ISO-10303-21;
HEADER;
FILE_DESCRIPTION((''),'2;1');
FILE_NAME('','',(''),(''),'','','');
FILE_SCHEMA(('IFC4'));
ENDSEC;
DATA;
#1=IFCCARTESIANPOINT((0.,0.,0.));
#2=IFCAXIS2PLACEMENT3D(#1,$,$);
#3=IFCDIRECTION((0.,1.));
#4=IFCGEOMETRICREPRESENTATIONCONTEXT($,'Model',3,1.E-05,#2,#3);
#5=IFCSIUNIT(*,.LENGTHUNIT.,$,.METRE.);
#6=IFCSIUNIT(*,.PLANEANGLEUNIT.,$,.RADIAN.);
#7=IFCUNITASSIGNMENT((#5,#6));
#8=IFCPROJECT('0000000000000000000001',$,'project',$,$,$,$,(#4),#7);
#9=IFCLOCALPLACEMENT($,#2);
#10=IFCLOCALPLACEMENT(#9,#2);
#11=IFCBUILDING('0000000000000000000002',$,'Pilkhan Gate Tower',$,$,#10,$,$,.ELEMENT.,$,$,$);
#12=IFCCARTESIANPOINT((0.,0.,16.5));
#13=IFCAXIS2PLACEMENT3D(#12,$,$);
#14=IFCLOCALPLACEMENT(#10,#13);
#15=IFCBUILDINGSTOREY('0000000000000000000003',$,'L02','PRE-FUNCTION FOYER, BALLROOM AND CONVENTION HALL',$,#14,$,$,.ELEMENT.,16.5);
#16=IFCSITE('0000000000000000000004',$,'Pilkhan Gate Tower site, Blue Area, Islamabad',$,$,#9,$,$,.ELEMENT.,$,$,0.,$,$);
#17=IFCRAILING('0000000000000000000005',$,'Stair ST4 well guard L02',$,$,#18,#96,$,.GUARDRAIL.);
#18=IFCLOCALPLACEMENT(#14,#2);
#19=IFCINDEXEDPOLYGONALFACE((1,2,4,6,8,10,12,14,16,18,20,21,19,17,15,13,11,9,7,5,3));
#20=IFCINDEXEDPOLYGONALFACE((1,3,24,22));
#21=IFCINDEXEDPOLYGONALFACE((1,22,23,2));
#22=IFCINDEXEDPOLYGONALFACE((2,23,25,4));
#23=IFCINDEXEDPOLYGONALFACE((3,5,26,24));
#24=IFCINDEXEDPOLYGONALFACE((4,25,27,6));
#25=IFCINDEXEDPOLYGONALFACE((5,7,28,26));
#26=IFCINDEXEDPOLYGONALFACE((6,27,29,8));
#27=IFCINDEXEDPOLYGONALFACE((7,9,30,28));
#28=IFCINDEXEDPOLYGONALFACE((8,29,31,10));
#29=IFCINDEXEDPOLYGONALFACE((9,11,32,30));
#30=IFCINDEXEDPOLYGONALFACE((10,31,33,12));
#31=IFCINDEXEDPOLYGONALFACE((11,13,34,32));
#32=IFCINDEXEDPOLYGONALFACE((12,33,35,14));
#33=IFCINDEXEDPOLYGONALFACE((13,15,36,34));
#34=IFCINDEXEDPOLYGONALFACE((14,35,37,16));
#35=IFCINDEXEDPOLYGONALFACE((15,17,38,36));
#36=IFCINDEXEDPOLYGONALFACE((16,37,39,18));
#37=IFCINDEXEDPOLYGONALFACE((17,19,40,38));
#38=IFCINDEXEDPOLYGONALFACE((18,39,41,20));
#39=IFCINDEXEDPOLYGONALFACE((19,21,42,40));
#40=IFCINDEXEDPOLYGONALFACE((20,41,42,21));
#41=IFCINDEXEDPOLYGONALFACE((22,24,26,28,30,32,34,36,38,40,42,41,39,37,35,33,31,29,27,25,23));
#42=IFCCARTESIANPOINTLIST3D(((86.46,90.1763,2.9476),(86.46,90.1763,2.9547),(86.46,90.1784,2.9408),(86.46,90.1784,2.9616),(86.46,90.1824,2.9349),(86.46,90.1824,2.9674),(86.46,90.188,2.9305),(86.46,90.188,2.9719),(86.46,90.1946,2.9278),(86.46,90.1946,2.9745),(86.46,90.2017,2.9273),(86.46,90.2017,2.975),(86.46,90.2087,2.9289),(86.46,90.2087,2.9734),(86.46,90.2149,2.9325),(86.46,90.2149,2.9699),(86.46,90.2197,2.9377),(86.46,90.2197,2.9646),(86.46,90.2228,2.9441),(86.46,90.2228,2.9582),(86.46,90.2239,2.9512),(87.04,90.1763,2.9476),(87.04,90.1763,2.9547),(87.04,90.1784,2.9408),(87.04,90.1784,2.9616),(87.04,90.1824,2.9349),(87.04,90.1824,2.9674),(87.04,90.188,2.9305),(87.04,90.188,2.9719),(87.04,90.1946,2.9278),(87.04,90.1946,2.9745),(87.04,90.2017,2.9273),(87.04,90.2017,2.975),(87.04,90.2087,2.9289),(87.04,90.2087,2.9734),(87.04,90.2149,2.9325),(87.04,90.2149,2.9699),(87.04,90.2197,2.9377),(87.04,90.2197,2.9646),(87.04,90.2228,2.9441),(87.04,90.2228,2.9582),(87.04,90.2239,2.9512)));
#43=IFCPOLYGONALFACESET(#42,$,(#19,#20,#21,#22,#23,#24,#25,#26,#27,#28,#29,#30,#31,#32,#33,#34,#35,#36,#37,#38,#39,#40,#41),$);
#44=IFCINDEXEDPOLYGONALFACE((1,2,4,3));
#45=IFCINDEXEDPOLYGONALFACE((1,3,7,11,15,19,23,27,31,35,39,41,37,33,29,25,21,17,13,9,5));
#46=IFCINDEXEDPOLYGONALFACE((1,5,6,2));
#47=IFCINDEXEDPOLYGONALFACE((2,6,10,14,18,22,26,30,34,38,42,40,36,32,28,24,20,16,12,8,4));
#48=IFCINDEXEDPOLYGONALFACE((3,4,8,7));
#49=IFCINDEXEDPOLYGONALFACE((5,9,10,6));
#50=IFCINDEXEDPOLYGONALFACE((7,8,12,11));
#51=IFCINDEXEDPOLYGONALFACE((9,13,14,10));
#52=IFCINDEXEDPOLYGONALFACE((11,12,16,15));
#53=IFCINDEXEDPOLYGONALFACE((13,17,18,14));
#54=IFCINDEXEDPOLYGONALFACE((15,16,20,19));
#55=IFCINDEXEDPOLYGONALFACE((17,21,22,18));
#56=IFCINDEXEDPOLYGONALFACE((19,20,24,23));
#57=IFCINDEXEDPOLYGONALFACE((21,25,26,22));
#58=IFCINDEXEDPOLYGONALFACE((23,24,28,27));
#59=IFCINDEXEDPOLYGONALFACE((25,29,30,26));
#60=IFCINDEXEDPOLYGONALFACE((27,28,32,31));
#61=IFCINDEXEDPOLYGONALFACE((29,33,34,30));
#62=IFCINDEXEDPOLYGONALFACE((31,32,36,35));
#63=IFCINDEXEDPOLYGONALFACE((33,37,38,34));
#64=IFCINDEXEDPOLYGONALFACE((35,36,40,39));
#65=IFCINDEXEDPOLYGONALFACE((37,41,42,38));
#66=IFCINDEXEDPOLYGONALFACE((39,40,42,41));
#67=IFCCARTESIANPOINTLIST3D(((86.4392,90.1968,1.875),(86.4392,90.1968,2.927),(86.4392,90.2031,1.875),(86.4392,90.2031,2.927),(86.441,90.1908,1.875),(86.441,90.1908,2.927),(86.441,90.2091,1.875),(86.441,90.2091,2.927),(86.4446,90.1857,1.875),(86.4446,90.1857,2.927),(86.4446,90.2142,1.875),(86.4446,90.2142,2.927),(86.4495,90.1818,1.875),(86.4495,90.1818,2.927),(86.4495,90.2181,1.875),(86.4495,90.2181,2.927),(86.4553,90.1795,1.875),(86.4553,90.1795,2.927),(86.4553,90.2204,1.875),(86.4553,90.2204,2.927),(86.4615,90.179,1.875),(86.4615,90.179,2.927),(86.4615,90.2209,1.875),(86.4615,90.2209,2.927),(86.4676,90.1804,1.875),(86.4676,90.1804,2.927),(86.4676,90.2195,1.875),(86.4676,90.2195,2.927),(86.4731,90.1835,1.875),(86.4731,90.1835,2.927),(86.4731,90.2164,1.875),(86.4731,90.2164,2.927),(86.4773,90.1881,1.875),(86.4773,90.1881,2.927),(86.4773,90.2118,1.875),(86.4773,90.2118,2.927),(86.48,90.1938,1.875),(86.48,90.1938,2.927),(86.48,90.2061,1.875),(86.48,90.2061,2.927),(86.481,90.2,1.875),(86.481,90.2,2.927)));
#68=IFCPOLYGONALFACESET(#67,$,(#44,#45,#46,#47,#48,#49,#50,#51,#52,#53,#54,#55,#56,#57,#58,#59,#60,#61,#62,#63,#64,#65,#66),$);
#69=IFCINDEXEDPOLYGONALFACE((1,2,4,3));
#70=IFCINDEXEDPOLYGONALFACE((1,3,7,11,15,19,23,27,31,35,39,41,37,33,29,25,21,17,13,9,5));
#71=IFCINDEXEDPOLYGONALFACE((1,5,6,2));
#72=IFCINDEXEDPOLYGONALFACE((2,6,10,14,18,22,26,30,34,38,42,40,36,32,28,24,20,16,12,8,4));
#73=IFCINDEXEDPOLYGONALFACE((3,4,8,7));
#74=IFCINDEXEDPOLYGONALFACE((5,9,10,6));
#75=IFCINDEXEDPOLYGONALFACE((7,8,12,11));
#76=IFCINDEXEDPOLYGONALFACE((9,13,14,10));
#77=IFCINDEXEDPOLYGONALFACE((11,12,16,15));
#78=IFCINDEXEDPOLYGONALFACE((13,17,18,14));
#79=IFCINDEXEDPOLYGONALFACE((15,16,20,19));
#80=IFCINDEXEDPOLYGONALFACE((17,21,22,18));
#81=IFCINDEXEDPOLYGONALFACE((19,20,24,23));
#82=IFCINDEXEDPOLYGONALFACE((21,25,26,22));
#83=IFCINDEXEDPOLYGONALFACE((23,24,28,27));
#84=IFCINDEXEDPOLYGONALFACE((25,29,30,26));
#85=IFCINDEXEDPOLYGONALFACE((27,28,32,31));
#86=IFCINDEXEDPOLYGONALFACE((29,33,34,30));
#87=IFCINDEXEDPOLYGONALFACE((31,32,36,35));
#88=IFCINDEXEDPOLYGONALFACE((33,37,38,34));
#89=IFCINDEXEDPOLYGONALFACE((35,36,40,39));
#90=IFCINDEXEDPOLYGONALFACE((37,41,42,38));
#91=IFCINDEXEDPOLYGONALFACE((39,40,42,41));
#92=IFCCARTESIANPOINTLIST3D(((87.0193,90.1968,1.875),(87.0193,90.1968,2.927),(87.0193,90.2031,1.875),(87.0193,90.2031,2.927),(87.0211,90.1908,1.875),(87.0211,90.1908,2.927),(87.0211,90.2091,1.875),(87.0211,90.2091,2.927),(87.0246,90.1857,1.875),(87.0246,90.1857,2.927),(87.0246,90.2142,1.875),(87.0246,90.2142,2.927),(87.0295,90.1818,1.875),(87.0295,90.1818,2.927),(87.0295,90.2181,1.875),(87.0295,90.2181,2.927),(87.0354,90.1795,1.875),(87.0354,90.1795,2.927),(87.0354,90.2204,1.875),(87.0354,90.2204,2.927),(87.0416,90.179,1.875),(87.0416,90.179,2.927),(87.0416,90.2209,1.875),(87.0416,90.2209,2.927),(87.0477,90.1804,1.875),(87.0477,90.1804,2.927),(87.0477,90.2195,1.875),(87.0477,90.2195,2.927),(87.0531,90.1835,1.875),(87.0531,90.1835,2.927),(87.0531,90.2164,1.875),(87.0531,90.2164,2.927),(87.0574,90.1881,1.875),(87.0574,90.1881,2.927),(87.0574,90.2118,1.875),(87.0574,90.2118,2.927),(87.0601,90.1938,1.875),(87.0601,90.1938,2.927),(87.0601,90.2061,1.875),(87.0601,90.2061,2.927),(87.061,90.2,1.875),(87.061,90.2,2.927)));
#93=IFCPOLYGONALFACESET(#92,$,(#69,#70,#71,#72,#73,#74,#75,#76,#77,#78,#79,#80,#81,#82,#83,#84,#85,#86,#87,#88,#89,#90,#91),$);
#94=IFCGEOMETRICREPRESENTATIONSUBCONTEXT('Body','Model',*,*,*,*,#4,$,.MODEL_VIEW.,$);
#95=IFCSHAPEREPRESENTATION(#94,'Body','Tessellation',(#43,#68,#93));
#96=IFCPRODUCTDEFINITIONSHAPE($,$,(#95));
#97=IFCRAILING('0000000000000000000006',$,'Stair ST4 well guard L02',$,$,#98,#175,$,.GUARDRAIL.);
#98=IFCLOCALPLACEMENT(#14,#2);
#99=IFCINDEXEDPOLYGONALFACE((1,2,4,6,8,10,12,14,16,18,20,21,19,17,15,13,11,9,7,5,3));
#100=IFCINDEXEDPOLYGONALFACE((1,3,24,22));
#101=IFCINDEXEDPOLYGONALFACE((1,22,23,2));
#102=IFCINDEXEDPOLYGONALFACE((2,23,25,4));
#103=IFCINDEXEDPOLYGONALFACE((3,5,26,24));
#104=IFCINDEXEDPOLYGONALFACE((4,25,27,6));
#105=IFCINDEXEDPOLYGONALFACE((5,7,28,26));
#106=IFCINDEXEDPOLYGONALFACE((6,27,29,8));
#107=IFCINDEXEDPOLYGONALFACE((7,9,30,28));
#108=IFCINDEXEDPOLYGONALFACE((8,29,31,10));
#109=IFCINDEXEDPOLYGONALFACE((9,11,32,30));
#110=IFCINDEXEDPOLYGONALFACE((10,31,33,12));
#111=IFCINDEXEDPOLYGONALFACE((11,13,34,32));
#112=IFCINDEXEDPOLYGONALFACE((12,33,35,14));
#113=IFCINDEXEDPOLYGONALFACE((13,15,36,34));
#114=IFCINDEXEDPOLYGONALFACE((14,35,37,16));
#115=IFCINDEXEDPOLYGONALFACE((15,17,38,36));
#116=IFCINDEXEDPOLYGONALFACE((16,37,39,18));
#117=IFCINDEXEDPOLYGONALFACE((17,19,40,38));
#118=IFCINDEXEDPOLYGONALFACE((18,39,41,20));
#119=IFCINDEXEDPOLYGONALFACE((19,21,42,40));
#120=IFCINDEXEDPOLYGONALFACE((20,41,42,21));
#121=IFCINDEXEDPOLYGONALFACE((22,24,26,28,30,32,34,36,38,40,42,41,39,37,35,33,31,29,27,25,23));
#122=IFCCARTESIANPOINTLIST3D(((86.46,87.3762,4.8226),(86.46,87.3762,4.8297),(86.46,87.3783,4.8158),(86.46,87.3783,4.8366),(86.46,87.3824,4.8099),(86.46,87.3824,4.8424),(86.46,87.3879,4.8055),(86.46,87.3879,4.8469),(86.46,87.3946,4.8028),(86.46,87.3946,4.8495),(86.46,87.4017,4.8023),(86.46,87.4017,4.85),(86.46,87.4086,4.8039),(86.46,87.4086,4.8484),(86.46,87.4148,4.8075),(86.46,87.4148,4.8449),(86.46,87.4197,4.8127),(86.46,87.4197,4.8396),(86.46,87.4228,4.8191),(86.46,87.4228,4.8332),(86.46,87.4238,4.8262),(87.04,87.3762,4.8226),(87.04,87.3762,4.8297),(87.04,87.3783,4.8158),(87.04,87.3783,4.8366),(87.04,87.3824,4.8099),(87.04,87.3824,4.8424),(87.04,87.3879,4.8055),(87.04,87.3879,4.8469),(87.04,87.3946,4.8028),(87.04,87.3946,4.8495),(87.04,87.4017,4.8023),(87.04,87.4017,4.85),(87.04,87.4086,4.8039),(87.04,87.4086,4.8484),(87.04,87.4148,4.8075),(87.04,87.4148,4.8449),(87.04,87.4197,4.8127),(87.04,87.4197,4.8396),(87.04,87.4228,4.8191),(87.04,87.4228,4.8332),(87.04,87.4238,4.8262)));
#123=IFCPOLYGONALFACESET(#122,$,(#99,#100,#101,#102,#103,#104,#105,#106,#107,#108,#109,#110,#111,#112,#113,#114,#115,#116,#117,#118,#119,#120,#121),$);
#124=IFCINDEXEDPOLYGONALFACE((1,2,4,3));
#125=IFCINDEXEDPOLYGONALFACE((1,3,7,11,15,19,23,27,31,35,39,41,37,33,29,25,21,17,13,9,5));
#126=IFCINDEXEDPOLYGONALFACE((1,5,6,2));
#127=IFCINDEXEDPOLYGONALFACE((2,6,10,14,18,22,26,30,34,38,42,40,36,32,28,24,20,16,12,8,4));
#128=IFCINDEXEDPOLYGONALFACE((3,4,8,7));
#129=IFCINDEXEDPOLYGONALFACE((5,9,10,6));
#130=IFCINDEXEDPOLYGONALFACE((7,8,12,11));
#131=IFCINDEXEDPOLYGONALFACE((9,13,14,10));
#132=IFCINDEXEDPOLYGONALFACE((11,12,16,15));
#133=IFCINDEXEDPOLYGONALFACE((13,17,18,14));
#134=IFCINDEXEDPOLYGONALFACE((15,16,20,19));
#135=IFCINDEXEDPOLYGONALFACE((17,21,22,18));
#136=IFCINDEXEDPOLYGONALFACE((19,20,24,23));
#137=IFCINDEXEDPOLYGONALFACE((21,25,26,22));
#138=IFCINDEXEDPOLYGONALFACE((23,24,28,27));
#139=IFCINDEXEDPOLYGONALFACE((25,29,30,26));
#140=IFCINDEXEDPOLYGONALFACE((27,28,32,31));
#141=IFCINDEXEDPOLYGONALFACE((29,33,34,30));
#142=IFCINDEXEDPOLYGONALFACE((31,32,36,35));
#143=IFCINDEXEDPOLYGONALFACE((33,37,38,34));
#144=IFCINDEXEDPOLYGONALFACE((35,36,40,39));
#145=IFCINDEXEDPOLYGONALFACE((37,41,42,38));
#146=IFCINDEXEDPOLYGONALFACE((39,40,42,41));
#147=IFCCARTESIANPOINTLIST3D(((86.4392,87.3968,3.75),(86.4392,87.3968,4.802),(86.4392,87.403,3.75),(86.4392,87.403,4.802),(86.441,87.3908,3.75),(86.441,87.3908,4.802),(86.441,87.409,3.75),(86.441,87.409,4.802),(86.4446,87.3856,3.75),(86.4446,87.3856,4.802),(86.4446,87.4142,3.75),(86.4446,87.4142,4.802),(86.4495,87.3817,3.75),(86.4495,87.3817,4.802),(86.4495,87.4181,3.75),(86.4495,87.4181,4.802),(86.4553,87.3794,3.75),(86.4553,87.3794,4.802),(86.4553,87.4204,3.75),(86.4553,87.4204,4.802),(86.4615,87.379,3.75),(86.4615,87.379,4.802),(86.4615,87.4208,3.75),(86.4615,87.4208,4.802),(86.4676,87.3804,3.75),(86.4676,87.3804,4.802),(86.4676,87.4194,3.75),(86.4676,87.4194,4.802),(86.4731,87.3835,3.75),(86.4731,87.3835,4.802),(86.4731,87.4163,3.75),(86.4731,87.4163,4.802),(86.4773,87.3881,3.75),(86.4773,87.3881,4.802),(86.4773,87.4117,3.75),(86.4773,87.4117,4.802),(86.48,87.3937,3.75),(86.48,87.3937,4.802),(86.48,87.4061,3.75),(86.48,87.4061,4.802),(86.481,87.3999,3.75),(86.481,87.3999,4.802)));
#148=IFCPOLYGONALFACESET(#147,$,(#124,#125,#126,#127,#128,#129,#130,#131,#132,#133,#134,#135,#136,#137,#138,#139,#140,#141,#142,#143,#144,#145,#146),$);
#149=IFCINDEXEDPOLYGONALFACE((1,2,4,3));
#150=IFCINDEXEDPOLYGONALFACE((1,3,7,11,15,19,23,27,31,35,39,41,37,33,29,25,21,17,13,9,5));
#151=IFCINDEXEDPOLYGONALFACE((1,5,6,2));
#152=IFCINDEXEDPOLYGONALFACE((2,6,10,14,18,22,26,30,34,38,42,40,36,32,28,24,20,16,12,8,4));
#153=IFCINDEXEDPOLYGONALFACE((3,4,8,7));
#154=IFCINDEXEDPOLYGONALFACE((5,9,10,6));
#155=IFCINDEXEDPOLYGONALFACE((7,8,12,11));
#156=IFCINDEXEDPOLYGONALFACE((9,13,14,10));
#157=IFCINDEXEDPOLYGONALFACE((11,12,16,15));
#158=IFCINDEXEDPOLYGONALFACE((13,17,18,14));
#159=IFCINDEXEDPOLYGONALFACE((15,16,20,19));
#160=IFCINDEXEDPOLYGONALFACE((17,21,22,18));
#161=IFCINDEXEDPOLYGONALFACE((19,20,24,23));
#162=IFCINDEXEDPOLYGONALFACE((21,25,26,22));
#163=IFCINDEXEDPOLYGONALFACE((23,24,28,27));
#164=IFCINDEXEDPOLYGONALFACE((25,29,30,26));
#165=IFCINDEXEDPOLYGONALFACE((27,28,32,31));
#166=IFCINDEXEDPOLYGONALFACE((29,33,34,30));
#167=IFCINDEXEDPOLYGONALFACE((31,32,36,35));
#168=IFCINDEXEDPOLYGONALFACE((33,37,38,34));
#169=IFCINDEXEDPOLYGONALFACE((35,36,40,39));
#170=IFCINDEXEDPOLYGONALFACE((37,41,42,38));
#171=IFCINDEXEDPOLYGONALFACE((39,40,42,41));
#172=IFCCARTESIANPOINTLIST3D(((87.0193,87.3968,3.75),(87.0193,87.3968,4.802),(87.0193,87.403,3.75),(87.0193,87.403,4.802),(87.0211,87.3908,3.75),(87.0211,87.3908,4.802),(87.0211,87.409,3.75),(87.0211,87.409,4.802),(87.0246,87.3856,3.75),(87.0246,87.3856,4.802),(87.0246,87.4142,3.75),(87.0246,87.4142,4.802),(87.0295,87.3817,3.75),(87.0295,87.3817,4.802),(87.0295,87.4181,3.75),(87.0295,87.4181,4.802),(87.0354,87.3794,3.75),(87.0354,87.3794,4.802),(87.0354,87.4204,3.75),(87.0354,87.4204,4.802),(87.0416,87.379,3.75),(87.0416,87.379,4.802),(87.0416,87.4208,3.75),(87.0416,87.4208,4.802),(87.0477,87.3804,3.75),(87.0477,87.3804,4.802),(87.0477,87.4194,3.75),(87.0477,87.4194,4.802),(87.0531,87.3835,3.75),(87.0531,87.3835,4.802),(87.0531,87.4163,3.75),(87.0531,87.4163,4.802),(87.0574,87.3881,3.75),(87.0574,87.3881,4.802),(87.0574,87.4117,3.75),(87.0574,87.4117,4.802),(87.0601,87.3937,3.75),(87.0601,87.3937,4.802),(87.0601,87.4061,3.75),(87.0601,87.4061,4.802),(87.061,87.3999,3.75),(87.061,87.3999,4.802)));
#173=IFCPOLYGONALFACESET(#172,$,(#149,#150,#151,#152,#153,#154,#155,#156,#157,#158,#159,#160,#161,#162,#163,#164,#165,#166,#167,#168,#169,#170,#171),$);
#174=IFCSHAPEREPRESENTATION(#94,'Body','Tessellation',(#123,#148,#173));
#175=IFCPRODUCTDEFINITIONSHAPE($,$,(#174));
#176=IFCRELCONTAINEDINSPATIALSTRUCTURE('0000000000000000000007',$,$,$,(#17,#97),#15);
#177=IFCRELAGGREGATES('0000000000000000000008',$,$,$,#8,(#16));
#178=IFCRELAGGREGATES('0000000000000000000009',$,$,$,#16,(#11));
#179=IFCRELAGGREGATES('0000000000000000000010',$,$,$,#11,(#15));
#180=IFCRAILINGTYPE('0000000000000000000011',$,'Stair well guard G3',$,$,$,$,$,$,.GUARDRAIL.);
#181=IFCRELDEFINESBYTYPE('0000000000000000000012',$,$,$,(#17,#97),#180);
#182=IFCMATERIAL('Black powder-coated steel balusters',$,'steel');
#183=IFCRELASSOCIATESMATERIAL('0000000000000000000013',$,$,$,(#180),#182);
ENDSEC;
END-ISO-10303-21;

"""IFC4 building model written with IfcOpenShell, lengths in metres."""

from ifc_helpers import new_model, si_unit, direction, frame, origin, origin_2d, place, context, subcontext, project, spatial, circle, extrude, material, type_object, element, save


model = new_model("IFC4")

# Units and contexts
model_context = context("Model", 3, precision=1e-05, world=origin(), true_north=direction((0.0, 1.0)))
body_context = subcontext(model_context, "Body", "Model", "MODEL_VIEW")
ifc_project = project(units=[si_unit("LENGTHUNIT", "METRE"), si_unit("PLANEANGLEUNIT", "RADIAN")], contexts=[model_context])

# Site, building, storey
site_placement = place(None, origin())
site = spatial("IfcSite", under=ifc_project, at=site_placement, Name="Pilkhan Gate Tower site, Blue Area, Islamabad", CompositionType="ELEMENT", RefElevation=0.0)
building_placement = place(site_placement, origin())
building = spatial("IfcBuilding", under=site, at=building_placement, Name="Pilkhan Gate Tower", CompositionType="ELEMENT")
storey_placement = place(building_placement, frame((0.0, 0.0, 16.5)))
storey = spatial("IfcBuildingStorey", under=building, at=storey_placement, Name="L02", Description="PRE-FUNCTION FOYER, BALLROOM AND CONVENTION HALL", CompositionType="ELEMENT", Elevation=16.5)

# Railings
ifc_material_1 = material(Name="Black powder-coated steel balusters", Category="steel")
railing_type_1 = type_object("IfcRailingType", Name="Stair well guard G3", PredefinedType="GUARDRAIL", material=ifc_material_1)
for number, where, name in (
    (1, (86.46, 90.2, 1.875), "Stair ST4 well guard L02"),
    (2, (86.46, 87.3999, 3.75), "Stair ST4 well guard L02"),
):
    element("IfcRailing", number, at=place(storey_placement, frame(where)), inside=storey, type_object=railing_type_1, Name=name, PredefinedType="GUARDRAIL", context=body_context, shape_type="SweptSolid", body=[
        extrude(circle(Radius=0.0239, at=origin_2d()), frame((0.0, 0.0, 1.0762), z_axis=(1.0, 0.0, 0.0), x_axis=(0.0, 1.0, 0.0)), (0.0, 0.0, 1.0), 0.5801),
        extrude(circle(Radius=0.021, at=origin_2d()), origin(), (0.0, 0.0, 1.0), 1.052),
        extrude(circle(Radius=0.021, at=origin_2d()), frame((0.5801, 0.0, 0.0)), (0.0, 0.0, 1.0), 1.052),
    ])

save(model, "model.ifc")
